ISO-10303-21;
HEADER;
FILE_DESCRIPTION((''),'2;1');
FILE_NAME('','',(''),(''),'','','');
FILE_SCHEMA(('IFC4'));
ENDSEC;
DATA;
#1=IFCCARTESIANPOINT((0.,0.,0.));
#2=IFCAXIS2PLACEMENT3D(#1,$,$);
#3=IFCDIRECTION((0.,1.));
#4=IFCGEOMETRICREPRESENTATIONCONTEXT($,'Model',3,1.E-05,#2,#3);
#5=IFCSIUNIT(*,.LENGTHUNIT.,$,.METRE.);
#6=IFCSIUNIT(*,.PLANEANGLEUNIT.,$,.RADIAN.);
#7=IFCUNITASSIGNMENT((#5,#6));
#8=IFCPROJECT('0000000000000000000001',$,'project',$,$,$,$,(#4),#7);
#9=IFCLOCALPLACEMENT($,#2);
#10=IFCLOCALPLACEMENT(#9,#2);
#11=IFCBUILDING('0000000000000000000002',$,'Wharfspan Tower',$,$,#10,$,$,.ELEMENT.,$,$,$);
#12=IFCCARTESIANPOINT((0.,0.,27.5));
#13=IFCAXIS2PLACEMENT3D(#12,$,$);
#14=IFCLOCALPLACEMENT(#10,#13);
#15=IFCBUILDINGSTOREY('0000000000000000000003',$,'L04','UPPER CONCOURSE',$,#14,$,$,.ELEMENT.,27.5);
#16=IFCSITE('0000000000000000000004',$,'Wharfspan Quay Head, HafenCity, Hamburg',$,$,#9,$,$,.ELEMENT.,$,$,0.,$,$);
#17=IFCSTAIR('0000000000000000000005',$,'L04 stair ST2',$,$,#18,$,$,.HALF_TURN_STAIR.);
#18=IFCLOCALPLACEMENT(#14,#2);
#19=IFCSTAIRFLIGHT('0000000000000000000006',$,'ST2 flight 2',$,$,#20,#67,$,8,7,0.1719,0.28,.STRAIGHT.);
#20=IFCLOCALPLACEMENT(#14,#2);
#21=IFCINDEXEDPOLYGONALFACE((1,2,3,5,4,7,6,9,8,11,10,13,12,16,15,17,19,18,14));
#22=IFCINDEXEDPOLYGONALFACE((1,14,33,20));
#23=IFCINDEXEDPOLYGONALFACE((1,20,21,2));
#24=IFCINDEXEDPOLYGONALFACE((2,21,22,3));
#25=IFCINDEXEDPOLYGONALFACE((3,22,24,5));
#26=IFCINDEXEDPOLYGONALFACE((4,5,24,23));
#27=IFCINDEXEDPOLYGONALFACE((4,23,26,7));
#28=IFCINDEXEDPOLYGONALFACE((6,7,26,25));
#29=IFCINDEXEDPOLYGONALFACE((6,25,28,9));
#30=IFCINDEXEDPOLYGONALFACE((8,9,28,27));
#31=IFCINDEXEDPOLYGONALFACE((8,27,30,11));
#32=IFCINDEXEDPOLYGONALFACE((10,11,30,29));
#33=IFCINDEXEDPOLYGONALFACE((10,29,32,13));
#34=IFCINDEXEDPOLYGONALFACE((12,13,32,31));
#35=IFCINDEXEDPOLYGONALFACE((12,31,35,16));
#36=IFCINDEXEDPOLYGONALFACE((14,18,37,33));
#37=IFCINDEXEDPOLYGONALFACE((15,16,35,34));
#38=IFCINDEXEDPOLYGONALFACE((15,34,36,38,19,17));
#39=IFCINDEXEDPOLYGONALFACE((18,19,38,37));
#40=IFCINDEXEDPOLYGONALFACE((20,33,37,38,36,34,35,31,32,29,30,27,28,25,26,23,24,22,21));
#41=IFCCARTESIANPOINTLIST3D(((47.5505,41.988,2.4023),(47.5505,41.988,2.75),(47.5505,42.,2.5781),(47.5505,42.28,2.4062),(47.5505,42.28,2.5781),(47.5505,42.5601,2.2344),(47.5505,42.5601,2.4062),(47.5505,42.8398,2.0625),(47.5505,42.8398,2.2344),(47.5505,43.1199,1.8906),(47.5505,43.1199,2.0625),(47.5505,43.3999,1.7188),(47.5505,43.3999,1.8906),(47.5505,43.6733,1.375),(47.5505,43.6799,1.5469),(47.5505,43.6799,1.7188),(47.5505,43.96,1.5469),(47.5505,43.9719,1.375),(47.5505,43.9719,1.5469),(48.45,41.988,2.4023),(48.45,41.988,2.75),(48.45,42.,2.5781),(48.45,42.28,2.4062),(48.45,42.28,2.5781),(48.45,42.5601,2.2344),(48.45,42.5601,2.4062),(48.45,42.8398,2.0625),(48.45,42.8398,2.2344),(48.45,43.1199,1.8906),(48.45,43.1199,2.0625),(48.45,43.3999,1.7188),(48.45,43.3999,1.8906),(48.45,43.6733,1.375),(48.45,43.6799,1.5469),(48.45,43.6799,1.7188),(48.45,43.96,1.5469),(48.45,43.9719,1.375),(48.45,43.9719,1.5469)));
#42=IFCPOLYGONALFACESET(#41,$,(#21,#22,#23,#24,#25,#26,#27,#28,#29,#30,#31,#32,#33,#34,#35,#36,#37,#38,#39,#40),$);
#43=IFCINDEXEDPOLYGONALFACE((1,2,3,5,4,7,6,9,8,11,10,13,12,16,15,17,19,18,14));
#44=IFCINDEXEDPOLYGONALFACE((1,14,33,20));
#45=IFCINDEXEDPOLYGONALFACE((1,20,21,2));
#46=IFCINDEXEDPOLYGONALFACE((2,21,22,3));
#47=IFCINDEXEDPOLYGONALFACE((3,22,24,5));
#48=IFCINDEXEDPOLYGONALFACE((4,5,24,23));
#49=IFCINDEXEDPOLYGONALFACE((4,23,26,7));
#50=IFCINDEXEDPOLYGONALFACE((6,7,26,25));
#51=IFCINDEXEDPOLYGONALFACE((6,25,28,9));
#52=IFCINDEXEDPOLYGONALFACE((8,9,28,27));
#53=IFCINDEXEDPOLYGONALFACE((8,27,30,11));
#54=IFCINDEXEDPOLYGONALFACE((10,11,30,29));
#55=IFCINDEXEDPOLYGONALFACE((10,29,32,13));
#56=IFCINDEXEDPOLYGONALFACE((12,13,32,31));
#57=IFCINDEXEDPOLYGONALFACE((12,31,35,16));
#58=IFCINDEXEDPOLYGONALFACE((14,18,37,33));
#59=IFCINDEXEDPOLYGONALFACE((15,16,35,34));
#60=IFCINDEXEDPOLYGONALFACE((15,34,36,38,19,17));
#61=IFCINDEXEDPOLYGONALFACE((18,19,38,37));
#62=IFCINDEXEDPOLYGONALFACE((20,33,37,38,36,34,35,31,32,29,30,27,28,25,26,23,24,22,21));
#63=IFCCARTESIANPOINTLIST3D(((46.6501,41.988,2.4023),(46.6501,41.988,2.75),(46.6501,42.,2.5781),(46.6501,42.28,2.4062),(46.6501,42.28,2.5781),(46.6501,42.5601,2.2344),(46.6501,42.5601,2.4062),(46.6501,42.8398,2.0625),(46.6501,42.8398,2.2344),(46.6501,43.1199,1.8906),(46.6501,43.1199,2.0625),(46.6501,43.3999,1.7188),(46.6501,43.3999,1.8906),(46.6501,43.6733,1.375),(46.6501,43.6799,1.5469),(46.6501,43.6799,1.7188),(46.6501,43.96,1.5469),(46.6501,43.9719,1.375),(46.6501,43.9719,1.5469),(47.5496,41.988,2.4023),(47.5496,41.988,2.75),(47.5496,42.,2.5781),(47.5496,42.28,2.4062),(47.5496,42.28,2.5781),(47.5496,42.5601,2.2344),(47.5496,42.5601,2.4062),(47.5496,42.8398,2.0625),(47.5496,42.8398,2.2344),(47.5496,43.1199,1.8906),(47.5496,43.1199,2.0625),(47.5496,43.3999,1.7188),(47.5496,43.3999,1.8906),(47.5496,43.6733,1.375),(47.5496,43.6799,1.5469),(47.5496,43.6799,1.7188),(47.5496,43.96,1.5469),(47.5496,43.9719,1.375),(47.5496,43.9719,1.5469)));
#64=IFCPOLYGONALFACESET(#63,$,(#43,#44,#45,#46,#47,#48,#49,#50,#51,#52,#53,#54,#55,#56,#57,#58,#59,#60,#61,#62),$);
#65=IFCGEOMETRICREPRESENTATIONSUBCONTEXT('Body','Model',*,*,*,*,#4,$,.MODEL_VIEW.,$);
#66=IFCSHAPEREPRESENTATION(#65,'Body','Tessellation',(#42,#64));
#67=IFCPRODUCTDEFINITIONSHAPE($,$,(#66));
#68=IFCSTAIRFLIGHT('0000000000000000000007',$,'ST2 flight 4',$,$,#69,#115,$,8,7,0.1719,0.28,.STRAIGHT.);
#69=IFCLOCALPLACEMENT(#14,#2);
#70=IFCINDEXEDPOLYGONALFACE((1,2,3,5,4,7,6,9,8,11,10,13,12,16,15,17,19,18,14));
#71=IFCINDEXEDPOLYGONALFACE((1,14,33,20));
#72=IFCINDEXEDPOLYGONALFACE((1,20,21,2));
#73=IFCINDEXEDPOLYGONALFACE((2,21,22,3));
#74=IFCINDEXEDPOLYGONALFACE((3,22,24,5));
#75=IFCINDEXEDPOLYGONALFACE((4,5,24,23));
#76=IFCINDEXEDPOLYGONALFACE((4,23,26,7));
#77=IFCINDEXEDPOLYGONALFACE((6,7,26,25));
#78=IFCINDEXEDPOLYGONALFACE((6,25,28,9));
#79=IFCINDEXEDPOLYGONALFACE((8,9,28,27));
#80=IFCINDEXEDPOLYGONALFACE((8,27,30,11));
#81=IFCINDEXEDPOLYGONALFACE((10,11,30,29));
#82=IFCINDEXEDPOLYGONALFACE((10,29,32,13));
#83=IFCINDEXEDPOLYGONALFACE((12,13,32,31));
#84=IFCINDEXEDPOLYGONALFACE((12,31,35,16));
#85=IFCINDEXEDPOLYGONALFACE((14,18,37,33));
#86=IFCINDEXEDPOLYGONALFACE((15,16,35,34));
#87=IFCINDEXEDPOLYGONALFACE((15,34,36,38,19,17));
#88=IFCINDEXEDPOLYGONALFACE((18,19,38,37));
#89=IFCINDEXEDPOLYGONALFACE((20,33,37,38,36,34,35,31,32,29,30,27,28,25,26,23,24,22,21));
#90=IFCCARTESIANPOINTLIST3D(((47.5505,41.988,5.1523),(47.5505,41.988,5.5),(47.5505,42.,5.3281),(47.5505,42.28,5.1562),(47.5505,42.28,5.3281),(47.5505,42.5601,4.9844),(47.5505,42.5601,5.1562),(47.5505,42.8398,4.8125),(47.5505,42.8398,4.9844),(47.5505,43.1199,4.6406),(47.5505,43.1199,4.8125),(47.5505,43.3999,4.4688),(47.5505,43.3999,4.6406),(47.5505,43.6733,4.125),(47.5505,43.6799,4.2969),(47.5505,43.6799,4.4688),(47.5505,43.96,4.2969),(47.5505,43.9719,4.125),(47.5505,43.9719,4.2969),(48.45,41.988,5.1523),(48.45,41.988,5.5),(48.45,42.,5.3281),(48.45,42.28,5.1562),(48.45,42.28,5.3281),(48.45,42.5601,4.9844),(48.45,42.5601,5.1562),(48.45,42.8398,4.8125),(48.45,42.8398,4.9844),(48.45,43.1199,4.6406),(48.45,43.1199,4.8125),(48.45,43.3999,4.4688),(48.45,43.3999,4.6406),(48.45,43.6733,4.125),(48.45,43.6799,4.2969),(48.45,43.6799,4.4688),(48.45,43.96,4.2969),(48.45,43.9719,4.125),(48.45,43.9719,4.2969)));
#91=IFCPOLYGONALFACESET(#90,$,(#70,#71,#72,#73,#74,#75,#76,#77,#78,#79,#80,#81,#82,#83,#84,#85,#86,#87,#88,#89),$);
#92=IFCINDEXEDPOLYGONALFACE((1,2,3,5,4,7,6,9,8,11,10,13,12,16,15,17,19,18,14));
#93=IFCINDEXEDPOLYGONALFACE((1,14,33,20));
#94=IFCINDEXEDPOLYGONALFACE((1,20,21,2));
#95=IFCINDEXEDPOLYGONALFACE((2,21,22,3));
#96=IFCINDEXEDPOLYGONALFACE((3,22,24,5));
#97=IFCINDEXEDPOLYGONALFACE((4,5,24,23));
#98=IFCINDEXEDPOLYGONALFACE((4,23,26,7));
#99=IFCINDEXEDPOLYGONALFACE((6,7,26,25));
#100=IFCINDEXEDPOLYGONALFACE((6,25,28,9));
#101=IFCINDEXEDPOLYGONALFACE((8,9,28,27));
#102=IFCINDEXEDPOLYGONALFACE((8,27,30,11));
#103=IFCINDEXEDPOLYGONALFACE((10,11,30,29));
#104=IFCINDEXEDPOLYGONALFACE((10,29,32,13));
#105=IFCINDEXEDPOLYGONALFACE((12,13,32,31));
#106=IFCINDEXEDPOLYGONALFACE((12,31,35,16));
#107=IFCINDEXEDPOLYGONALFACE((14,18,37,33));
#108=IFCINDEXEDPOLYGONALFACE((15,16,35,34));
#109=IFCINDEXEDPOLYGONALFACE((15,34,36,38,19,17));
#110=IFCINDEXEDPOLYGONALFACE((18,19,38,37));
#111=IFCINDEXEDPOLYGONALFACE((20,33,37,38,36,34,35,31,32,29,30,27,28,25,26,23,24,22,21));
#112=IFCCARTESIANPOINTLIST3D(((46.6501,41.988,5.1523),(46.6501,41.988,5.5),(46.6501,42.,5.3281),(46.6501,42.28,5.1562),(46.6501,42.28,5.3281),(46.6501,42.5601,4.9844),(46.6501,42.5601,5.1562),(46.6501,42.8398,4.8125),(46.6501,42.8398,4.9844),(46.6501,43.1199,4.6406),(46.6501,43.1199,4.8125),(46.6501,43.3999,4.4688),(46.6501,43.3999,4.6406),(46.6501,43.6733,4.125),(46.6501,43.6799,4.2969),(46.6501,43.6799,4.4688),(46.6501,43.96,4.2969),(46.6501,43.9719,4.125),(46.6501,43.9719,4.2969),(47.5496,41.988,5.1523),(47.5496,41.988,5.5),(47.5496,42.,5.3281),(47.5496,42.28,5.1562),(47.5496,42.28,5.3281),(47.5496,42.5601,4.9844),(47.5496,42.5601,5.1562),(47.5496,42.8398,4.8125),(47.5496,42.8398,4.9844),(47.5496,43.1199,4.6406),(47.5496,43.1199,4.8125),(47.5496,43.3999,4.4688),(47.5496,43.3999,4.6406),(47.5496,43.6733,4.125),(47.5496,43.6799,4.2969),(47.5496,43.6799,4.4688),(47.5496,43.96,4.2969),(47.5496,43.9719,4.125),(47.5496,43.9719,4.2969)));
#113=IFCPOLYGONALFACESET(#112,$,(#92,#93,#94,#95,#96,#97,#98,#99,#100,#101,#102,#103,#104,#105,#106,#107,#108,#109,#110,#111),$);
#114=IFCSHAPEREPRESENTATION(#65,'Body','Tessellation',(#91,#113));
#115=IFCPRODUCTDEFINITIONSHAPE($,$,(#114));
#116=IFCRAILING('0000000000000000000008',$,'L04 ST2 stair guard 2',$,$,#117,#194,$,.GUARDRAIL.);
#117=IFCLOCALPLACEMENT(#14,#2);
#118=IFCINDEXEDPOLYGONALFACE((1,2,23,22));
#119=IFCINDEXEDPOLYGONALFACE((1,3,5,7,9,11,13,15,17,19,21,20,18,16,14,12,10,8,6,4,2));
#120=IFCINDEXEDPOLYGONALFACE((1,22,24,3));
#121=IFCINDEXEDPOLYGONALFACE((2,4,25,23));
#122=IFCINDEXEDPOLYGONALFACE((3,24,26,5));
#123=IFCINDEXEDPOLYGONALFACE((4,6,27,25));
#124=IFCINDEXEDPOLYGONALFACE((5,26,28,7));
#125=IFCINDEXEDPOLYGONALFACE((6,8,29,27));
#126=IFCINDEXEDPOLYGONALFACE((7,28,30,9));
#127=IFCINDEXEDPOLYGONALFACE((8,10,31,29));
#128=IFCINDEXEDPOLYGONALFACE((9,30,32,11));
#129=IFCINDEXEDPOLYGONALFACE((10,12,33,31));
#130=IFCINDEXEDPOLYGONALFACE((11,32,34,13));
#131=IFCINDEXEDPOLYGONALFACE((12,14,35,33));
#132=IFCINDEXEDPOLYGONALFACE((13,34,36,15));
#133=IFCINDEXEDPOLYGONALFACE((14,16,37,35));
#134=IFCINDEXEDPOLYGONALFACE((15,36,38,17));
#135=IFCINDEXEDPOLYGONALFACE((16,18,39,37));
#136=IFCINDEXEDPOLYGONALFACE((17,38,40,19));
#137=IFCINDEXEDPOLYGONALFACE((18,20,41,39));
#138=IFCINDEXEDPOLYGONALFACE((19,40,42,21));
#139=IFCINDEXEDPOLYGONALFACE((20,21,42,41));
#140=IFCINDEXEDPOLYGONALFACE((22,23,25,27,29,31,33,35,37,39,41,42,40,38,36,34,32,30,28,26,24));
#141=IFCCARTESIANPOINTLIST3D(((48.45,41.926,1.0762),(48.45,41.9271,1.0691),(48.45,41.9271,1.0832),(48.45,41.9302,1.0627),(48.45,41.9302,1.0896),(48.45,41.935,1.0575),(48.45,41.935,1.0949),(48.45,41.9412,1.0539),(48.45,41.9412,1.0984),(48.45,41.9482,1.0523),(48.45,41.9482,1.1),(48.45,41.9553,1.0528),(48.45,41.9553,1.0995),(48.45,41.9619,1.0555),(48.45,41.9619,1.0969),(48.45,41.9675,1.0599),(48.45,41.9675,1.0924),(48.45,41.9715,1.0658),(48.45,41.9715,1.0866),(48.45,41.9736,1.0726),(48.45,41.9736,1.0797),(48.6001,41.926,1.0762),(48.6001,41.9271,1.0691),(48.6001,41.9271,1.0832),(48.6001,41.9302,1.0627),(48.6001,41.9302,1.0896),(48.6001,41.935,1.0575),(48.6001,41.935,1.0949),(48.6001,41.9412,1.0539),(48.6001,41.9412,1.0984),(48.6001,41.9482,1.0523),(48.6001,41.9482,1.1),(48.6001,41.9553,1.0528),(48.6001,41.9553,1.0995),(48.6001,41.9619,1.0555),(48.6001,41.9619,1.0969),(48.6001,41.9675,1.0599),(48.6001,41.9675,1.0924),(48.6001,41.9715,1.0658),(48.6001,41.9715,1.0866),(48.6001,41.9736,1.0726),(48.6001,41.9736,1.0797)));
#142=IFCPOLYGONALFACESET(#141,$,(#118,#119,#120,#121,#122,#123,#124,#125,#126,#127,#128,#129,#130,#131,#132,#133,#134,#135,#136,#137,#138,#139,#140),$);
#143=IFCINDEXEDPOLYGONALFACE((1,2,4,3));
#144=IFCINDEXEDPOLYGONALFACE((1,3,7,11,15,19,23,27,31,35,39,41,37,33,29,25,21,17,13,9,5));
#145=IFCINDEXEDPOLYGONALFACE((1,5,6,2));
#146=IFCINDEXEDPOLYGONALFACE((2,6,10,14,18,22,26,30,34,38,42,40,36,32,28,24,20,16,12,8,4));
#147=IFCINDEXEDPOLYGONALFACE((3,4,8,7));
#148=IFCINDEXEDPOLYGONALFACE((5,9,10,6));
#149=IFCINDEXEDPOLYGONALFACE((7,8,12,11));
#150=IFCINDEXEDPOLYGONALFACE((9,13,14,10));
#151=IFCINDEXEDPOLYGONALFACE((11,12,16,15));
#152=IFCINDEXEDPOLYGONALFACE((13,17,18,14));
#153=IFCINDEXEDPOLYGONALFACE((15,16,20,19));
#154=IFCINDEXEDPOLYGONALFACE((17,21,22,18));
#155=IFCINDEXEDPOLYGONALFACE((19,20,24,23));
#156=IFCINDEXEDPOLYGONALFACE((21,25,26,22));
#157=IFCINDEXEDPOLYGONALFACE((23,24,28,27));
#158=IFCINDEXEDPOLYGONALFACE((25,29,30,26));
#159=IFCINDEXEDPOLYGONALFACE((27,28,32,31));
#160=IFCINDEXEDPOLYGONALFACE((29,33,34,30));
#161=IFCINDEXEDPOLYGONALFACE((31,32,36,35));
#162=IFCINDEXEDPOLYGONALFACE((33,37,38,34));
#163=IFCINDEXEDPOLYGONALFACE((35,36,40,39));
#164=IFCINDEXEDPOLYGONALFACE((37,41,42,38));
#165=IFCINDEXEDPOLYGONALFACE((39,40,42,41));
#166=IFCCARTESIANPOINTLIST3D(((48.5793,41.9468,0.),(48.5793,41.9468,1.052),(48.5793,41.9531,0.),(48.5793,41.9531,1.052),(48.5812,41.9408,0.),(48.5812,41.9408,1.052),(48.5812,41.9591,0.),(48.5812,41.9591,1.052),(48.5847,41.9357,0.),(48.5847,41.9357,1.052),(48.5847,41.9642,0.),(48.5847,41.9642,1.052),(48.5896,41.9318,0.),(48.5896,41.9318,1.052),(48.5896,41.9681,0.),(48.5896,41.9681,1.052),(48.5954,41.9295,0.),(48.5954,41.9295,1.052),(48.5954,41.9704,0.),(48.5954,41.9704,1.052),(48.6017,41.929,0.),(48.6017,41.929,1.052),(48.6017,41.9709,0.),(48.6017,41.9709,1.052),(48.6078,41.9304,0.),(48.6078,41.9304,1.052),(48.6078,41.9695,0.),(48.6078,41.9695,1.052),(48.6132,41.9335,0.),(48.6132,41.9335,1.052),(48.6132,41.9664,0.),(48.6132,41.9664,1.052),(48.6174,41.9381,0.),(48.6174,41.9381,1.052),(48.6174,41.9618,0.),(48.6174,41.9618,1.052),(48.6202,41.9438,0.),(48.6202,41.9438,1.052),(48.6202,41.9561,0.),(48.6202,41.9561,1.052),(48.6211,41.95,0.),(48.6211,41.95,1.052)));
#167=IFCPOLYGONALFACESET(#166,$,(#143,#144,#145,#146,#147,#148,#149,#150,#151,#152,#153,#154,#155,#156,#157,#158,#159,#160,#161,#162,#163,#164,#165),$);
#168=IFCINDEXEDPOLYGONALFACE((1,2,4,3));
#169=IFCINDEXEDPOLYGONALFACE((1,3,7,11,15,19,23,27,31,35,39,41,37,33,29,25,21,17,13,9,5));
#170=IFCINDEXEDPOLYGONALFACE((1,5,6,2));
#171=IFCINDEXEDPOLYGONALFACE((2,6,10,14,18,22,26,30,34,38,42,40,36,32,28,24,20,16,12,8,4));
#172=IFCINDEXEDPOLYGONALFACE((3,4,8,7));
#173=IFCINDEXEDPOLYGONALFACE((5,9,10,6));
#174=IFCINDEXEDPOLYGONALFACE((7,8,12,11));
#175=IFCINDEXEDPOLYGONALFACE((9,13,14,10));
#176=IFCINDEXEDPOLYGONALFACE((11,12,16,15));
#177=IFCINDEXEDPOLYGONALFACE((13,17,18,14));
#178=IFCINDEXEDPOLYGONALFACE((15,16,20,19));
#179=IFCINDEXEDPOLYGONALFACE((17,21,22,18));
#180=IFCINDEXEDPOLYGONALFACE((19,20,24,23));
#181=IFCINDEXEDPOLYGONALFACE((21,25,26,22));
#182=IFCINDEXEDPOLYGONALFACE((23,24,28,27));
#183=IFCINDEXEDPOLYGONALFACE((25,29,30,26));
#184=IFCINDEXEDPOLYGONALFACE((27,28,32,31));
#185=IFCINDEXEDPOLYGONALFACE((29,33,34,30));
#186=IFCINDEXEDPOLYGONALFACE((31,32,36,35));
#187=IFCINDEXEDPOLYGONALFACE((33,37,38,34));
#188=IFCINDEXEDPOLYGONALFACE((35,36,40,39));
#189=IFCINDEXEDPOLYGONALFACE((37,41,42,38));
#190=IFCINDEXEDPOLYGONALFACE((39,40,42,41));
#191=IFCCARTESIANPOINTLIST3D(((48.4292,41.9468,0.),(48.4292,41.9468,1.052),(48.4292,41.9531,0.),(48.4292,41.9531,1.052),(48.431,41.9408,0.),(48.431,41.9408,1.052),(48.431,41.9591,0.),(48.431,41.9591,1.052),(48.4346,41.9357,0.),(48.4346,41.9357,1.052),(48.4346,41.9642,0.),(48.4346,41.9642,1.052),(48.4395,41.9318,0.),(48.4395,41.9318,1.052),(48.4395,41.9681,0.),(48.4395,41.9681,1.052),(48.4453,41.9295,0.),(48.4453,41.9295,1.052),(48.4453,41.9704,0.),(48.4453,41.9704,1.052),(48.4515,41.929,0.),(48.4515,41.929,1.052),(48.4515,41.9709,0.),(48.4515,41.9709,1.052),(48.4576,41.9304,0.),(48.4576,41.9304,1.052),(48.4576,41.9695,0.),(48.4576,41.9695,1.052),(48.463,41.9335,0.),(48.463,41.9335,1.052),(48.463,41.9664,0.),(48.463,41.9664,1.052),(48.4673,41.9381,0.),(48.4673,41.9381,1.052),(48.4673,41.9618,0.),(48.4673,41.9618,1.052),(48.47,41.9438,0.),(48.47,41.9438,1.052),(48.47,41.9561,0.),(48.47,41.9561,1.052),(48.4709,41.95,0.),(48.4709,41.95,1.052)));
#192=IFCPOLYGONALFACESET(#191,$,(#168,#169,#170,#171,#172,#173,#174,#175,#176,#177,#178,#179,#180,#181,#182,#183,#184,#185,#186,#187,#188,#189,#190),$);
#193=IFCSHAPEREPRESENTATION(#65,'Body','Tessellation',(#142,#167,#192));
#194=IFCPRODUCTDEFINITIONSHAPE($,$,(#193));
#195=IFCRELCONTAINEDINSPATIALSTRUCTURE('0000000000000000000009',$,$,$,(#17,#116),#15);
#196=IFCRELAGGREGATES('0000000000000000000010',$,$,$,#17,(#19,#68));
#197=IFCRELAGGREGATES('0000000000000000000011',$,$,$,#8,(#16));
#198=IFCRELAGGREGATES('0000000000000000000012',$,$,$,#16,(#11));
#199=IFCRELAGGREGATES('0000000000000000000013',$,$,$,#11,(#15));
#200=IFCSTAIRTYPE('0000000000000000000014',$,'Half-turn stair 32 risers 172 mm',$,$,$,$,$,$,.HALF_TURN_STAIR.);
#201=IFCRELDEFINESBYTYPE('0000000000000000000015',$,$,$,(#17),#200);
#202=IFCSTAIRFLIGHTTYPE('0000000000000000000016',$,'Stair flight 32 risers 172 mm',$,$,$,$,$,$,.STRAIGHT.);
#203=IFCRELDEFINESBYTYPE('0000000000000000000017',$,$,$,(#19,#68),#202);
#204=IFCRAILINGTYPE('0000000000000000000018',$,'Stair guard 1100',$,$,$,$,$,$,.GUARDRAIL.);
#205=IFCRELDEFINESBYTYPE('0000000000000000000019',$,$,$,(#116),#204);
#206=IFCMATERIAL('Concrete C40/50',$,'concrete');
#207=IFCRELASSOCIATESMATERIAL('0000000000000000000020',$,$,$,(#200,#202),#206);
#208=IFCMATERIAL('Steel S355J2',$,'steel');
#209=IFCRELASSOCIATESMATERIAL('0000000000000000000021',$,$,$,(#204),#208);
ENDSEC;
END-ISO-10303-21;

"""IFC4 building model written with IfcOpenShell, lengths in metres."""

from ifc_helpers import new_model, si_unit, direction, frame, origin, origin_2d, place, context, subcontext, project, spatial, polyline, circle, outline, extrude, material, type_object, element, aggregate, save


model = new_model("IFC4")

# Units and contexts
model_context = context("Model", 3, precision=1e-05, world=origin(), true_north=direction((0.0, 1.0)))
body_context = subcontext(model_context, "Body", "Model", "MODEL_VIEW")
ifc_project = project(units=[si_unit("LENGTHUNIT", "METRE"), si_unit("PLANEANGLEUNIT", "RADIAN")], contexts=[model_context])

# Site, building, storey
site_placement = place(None, origin())
site = spatial("IfcSite", under=ifc_project, at=site_placement, Name="Wharfspan Quay Head, HafenCity, Hamburg", CompositionType="ELEMENT", RefElevation=0.0)
building_placement = place(site_placement, origin())
building = spatial("IfcBuilding", under=site, at=building_placement, Name="Wharfspan Tower", CompositionType="ELEMENT")
storey_placement = place(building_placement, frame((0.0, 0.0, 27.5)))
storey = spatial("IfcBuildingStorey", under=building, at=storey_placement, Name="L04", Description="UPPER CONCOURSE", CompositionType="ELEMENT", Elevation=27.5)

# Shared definitions
ifc_material_1 = material(Name="Concrete C40/50", Category="concrete")

# Stair, stair flights
stair_type = type_object("IfcStairType", Name="Half-turn stair 32 risers 172 mm", PredefinedType="HALF_TURN_STAIR", material=ifc_material_1)
stair_placement = place(storey_placement, origin())
stair = element("IfcStair", 1, at=stair_placement, inside=storey, type_object=stair_type, Name="L04 stair ST2", PredefinedType="HALF_TURN_STAIR")
stair_flight_type = type_object("IfcStairFlightType", Name="Stair flight 32 risers 172 mm", PredefinedType="STRAIGHT", material=ifc_material_1)
stair_flight_1_placement = place(storey_placement, frame((47.55, 43.96, 1.375), z_axis=(0.0, 0.0, 1.0), x_axis=(0.0, -1.0, 0.0)))
stair_flight_1 = element("IfcStairFlight", 2, at=stair_flight_1_placement, type_object=stair_flight_type, Name="ST2 flight 2", NumberOfRisers=8, NumberOfTreads=7, PredefinedType="STRAIGHT", RiserHeight=0.1719, TreadLength=0.28, context=body_context, shape_type="SweptSolid", body=[
    extrude(outline(polyline([(-0.012, 0.0), (-0.012, 0.1719), (0.0, 0.1719), (0.28, 0.1719), (0.28, 0.3438), (0.5601, 0.3438), (0.5601, 0.5156), (0.8401, 0.5156), (0.8401, 0.6875), (1.1201, 0.6875), (1.1201, 0.8594), (1.3999, 0.8594), (1.3999, 1.0312), (1.6799, 1.0312), (1.6799, 1.2031), (1.96, 1.2031), (1.9719, 1.375), (1.9719, 1.0273), (0.2866, 0.0), (-0.012, 0.0)])), frame((0.0, 0.8999, 0.0), z_axis=(0.0, -1.0, 0.0), x_axis=(1.0, 0.0, 0.0)), (0.0, 0.0, 1.0), 0.8994),
    extrude(outline(polyline([(-0.012, 0.0), (-0.012, 0.1719), (0.0, 0.1719), (0.28, 0.1719), (0.28, 0.3438), (0.5601, 0.3438), (0.5601, 0.5156), (0.8401, 0.5156), (0.8401, 0.6875), (1.1201, 0.6875), (1.1201, 0.8594), (1.3999, 0.8594), (1.3999, 1.0312), (1.6799, 1.0312), (1.6799, 1.2031), (1.96, 1.2031), (1.9719, 1.375), (1.9719, 1.0273), (0.2866, 0.0), (-0.012, 0.0)])), frame((0.0, -0.0005, 0.0), z_axis=(0.0, -1.0, 0.0), x_axis=(1.0, 0.0, 0.0)), (0.0, 0.0, 1.0), 0.8994),
])
stair_flight_2_placement = place(storey_placement, frame((47.55, 43.96, 4.125), z_axis=(0.0, 0.0, 1.0), x_axis=(0.0, -1.0, 0.0)))
stair_flight_2 = element("IfcStairFlight", 3, at=stair_flight_2_placement, type_object=stair_flight_type, Name="ST2 flight 4", NumberOfRisers=8, NumberOfTreads=7, PredefinedType="STRAIGHT", RiserHeight=0.1719, TreadLength=0.28, context=body_context, shape_type="SweptSolid", body=[
    extrude(outline(polyline([(-0.012, 0.0), (-0.012, 0.1719), (0.0, 0.1719), (0.28, 0.1719), (0.28, 0.3438), (0.5601, 0.3438), (0.5601, 0.5156), (0.8401, 0.5156), (0.8401, 0.6875), (1.1201, 0.6875), (1.1201, 0.8594), (1.3999, 0.8594), (1.3999, 1.0312), (1.6799, 1.0312), (1.6799, 1.2031), (1.96, 1.2031), (1.9719, 1.375), (1.9719, 1.0273), (0.2866, 0.0), (-0.012, 0.0)])), frame((0.0, 0.8999, 0.0), z_axis=(0.0, -1.0, 0.0), x_axis=(1.0, 0.0, 0.0)), (0.0, 0.0, 1.0), 0.8994),
    extrude(outline(polyline([(-0.012, 0.0), (-0.012, 0.1719), (0.0, 0.1719), (0.28, 0.1719), (0.28, 0.3438), (0.5601, 0.3438), (0.5601, 0.5156), (0.8401, 0.5156), (0.8401, 0.6875), (1.1201, 0.6875), (1.1201, 0.8594), (1.3999, 0.8594), (1.3999, 1.0312), (1.6799, 1.0312), (1.6799, 1.2031), (1.96, 1.2031), (1.9719, 1.375), (1.9719, 1.0273), (0.2866, 0.0), (-0.012, 0.0)])), frame((0.0, -0.0005, 0.0), z_axis=(0.0, -1.0, 0.0), x_axis=(1.0, 0.0, 0.0)), (0.0, 0.0, 1.0), 0.8994),
])
aggregate(stair, [stair_flight_1, stair_flight_2])

# Railing
ifc_material_2 = material(Name="Steel S355J2", Category="steel")
railing_type_1 = type_object("IfcRailingType", Name="Stair guard 1100", PredefinedType="GUARDRAIL", material=ifc_material_2)
railing_placement = place(storey_placement, frame((48.6001, 41.95, 0.0)))
element("IfcRailing", 4, at=railing_placement, inside=storey, type_object=railing_type_1, Name="L04 ST2 stair guard 2", PredefinedType="GUARDRAIL", context=body_context, shape_type="SweptSolid", body=[
    extrude(circle(Radius=0.0239, at=origin_2d()), frame((0.0, 0.0, 1.0762), z_axis=(-1.0, 0.0, 0.0), x_axis=(0.0, -1.0, 0.0)), (0.0, 0.0, 1.0), 0.1501),
    extrude(circle(Radius=0.021, at=origin_2d()), origin(), (0.0, 0.0, 1.0), 1.052),
    extrude(circle(Radius=0.021, at=origin_2d()), frame((-0.1501, 0.0, 0.0)), (0.0, 0.0, 1.0), 1.052),
])

save(model, "model.ifc")
